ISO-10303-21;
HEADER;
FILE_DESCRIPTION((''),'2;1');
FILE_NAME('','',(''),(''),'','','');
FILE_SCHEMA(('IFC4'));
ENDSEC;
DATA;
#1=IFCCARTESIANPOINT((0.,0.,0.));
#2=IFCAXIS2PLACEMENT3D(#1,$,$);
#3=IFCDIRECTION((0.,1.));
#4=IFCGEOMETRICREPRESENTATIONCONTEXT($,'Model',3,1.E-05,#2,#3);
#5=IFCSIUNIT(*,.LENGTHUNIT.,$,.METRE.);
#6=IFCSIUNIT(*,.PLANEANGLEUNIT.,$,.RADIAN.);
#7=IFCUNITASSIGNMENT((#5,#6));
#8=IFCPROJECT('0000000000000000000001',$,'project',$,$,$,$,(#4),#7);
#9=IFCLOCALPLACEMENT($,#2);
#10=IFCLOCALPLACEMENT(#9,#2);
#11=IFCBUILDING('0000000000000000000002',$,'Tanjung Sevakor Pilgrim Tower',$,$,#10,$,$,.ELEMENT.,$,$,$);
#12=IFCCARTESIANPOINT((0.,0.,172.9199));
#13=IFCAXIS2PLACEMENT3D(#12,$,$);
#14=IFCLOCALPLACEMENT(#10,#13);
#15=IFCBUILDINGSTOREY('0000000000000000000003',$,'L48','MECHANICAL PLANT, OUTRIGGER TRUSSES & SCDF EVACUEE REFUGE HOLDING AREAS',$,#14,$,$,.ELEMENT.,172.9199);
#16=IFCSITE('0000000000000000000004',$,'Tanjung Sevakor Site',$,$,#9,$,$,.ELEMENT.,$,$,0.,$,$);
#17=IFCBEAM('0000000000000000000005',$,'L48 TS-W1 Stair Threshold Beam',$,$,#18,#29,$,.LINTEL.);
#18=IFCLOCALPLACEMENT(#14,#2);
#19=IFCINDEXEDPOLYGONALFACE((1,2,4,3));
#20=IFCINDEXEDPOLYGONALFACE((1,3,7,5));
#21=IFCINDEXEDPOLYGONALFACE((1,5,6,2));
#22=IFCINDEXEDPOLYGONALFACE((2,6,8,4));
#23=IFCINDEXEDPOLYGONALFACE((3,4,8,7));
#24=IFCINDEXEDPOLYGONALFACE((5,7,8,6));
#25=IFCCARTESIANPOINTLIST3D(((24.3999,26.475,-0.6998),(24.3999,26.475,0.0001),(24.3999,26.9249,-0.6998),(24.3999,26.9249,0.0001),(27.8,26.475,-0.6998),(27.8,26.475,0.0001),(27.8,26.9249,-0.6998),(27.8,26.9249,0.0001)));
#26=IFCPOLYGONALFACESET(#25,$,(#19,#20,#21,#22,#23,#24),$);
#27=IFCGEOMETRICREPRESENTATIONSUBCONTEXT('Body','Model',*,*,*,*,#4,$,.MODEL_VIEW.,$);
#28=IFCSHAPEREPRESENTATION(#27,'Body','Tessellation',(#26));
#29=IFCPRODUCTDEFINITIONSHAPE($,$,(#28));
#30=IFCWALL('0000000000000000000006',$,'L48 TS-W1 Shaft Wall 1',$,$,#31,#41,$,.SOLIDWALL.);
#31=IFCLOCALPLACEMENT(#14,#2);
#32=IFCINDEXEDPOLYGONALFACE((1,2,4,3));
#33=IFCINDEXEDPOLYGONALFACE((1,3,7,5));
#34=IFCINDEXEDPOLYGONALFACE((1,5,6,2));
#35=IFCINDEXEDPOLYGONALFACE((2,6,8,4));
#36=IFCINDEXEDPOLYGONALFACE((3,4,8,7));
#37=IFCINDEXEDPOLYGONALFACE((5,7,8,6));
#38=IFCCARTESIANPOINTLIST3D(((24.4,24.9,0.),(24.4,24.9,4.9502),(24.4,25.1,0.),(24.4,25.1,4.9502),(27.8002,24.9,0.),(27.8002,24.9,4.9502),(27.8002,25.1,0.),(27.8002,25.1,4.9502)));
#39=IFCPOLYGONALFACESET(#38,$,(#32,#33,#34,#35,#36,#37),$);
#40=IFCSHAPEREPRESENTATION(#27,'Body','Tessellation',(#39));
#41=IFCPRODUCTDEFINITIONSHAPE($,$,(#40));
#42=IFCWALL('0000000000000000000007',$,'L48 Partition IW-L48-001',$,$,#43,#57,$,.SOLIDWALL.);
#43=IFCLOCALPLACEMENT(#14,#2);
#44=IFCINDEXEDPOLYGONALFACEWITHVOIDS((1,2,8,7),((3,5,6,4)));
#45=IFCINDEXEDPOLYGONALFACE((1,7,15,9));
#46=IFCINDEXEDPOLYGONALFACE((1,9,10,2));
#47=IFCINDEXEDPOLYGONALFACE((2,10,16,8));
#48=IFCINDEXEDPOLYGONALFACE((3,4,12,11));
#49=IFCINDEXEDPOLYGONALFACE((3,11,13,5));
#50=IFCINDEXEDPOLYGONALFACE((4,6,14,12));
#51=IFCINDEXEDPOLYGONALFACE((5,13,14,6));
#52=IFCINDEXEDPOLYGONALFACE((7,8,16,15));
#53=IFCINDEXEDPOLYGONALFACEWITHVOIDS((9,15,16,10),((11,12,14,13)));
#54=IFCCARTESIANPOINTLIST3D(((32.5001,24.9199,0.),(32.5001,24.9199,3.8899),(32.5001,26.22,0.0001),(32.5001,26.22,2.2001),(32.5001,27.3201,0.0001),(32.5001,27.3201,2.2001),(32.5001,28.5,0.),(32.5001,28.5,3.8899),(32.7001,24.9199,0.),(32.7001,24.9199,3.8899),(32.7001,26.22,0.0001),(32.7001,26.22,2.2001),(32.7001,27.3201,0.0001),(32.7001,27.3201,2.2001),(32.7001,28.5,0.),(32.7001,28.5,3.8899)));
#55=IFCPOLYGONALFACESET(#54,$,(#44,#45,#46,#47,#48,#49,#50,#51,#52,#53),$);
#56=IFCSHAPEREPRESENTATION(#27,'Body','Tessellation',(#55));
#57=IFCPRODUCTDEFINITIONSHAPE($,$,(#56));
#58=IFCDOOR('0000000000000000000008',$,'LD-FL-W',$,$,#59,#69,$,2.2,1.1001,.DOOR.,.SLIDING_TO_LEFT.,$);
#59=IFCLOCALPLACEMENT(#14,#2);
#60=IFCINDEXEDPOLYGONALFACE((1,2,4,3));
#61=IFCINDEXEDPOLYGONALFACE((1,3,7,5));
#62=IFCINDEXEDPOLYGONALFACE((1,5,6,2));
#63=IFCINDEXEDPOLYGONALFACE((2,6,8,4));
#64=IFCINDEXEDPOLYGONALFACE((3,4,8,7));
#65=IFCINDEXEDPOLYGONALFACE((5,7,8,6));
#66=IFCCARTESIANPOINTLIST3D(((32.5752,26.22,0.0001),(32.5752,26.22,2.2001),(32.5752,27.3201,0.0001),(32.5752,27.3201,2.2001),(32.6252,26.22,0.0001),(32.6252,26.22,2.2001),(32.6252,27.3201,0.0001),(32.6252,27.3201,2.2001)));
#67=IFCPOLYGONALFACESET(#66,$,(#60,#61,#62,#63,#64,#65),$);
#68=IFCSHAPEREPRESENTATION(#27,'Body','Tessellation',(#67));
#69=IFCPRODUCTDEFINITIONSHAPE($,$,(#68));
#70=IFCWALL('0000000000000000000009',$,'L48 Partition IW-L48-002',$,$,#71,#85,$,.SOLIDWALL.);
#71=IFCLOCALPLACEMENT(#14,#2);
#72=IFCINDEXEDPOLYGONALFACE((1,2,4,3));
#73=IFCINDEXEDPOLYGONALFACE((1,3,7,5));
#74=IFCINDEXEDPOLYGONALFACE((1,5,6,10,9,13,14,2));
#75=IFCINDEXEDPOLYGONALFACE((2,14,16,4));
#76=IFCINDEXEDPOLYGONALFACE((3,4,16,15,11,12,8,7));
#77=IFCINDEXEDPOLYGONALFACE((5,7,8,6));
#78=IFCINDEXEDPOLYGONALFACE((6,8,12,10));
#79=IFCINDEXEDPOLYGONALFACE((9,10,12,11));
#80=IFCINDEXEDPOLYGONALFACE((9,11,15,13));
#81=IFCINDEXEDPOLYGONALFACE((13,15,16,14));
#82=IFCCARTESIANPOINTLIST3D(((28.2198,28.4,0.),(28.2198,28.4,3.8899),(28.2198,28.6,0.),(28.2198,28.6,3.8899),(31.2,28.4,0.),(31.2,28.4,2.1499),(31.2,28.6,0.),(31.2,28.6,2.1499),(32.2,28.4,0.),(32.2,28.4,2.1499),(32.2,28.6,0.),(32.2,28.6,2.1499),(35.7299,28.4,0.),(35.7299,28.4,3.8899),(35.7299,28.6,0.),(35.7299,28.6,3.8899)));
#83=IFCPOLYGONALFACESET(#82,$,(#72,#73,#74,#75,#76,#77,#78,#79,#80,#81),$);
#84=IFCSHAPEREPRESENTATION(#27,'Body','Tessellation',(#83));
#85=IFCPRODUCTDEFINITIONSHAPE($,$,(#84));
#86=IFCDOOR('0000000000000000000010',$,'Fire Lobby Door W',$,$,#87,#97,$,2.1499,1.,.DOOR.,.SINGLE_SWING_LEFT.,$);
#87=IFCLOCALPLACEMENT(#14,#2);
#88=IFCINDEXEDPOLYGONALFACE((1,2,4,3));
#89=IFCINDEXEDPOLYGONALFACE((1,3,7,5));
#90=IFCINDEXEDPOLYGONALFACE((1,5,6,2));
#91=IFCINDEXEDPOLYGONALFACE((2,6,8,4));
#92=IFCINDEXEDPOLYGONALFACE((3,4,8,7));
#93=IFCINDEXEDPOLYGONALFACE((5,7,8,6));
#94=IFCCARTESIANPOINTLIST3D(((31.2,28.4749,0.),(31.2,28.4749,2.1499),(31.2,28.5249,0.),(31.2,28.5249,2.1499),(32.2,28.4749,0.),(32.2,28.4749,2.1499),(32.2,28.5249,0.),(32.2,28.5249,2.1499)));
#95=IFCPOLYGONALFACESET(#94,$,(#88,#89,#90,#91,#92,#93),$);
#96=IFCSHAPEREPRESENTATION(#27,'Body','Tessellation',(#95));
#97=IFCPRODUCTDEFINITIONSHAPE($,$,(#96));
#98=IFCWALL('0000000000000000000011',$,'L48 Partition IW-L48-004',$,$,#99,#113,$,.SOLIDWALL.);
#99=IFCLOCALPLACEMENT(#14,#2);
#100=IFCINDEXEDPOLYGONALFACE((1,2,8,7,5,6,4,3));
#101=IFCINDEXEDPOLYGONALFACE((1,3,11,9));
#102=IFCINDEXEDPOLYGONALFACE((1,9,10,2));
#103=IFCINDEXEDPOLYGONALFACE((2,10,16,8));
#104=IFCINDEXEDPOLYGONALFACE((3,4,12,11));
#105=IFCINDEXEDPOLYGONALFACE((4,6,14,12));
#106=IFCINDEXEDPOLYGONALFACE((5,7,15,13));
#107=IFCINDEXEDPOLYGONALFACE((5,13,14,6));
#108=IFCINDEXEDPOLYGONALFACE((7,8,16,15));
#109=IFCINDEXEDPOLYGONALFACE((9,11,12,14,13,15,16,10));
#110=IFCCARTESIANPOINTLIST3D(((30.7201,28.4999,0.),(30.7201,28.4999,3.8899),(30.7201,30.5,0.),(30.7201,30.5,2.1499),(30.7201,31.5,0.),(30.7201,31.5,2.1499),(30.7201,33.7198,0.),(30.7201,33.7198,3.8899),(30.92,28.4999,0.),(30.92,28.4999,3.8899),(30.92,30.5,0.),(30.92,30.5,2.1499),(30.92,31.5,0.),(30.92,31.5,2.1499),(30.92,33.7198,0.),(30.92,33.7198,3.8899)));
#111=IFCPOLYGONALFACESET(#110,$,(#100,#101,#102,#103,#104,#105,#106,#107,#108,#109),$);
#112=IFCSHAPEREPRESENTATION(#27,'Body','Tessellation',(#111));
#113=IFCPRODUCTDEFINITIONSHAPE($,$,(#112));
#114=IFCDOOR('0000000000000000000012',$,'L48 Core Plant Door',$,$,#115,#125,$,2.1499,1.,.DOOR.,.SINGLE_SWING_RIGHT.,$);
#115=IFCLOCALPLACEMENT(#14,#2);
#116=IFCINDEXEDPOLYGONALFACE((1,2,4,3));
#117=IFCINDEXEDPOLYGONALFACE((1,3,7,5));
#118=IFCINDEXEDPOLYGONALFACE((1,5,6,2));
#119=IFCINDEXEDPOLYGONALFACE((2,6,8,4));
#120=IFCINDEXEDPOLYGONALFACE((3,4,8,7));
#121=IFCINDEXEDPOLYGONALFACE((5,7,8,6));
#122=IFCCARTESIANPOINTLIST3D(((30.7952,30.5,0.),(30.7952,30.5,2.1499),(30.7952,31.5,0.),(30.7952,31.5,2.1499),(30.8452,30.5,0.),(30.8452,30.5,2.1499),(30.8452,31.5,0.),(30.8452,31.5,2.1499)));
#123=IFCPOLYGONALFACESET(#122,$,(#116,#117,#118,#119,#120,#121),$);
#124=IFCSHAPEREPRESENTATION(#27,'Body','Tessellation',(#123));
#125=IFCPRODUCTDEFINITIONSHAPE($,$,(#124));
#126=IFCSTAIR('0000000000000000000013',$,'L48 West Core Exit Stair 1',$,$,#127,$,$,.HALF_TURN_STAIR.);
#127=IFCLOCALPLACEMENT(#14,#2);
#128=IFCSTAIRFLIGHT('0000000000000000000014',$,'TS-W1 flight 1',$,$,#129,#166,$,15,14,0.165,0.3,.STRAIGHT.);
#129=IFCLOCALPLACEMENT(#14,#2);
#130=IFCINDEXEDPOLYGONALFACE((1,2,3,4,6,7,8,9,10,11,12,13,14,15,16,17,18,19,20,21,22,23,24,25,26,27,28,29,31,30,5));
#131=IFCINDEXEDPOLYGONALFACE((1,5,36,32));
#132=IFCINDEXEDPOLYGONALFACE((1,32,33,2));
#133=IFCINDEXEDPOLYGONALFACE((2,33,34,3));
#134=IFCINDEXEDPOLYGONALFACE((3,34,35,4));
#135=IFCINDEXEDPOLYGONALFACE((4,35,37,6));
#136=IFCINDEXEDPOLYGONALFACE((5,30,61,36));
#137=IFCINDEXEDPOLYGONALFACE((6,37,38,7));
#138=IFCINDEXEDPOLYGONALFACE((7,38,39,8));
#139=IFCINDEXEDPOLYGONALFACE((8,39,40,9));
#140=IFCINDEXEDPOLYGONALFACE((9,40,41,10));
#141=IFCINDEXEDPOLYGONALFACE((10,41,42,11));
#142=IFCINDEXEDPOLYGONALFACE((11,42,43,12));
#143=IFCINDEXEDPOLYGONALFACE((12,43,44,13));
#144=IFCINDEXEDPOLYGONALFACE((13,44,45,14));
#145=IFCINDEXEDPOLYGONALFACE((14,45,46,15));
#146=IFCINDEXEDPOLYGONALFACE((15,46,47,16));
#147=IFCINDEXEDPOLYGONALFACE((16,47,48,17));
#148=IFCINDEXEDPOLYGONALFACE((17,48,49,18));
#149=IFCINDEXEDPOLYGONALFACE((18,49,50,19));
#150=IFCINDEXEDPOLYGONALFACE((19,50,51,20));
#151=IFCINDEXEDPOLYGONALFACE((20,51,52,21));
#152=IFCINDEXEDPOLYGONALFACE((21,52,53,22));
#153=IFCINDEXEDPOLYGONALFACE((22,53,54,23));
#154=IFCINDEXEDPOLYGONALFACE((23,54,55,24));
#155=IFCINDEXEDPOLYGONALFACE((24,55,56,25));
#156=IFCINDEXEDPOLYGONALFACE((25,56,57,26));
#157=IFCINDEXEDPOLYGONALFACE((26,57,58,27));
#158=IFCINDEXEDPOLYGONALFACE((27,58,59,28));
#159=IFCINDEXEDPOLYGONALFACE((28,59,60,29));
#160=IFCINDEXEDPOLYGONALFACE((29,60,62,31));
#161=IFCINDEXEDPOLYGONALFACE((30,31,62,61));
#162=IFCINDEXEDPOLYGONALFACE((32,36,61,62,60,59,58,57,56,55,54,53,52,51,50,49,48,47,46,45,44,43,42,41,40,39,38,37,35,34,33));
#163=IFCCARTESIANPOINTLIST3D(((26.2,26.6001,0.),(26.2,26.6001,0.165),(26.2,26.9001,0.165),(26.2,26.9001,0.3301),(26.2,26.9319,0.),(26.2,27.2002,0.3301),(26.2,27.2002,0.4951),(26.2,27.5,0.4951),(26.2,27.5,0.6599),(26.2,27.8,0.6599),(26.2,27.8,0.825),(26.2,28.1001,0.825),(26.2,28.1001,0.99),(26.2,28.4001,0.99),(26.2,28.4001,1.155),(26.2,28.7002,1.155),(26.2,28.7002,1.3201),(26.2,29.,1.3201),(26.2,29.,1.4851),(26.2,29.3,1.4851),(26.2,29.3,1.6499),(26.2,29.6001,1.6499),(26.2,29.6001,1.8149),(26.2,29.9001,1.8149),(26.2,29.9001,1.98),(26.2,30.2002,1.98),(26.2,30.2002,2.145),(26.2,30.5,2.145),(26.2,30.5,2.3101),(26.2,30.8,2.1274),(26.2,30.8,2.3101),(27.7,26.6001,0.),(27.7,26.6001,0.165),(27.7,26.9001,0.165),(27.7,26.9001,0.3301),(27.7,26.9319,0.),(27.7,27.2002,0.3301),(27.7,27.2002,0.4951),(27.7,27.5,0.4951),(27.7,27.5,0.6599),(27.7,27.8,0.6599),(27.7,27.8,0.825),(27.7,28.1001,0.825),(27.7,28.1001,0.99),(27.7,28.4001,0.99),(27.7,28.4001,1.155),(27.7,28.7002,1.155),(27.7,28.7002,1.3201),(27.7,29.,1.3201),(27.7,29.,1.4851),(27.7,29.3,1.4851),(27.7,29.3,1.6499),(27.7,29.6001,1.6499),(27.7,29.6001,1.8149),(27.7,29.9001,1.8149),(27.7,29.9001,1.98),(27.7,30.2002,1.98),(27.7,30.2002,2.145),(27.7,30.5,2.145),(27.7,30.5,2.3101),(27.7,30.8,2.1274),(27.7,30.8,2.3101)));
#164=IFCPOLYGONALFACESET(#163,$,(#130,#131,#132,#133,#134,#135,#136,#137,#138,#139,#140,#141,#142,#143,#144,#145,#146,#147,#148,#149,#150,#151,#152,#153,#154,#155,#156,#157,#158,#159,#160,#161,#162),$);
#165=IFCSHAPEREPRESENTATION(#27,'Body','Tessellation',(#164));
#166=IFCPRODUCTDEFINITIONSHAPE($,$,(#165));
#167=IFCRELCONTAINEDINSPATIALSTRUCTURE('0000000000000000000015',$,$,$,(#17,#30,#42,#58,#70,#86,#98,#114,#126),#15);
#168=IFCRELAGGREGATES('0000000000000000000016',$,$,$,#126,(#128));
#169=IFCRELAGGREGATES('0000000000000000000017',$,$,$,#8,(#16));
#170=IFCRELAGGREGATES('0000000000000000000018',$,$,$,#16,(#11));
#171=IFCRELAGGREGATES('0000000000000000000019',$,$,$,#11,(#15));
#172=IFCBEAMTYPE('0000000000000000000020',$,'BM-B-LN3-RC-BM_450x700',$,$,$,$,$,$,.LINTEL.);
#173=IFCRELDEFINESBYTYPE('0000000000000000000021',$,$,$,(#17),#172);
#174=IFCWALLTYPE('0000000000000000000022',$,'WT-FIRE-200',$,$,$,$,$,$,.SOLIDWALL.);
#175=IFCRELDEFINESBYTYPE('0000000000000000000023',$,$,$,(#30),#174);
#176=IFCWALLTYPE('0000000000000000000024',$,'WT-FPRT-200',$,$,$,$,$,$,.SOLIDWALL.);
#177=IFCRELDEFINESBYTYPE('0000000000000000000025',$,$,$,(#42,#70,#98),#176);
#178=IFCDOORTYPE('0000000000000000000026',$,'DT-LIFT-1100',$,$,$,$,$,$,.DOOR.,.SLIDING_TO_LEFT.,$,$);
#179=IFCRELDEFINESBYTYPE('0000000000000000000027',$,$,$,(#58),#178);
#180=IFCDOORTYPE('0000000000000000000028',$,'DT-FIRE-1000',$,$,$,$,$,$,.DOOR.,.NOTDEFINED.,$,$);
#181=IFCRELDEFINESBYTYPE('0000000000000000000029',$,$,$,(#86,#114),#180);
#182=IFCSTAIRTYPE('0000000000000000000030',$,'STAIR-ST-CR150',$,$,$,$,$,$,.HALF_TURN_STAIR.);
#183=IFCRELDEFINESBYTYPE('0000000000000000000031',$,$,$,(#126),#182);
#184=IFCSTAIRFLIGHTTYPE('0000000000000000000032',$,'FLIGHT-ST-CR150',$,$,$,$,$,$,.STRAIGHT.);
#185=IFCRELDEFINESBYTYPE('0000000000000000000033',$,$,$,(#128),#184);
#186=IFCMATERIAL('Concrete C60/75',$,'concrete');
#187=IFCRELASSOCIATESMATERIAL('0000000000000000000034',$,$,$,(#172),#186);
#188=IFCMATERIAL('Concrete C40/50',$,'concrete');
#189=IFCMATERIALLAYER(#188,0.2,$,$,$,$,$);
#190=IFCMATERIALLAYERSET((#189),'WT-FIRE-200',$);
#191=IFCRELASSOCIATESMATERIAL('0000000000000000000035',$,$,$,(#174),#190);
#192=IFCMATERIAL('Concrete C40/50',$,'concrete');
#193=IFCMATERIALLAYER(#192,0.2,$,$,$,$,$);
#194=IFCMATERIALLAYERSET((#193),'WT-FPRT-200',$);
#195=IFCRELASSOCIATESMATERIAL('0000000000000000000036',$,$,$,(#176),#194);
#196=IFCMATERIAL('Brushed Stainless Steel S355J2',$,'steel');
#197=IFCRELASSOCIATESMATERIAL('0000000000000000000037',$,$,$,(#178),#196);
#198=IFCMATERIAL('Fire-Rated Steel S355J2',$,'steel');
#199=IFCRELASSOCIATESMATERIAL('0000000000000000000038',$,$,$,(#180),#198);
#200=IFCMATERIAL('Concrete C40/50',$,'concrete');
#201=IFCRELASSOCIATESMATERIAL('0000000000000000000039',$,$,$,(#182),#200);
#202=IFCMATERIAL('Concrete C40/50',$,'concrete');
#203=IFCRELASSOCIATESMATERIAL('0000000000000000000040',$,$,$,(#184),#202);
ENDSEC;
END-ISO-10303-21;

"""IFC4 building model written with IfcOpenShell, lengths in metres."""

from ifc_helpers import new_model, si_unit, direction, frame, frame_2d, origin, origin_2d, place, context, subcontext, project, spatial, polyline, rectangle, outline, extrude, material, layer, layer_set, material_profile, profile_set, type_object, element, fill, aggregate, save


model = new_model("IFC4")

# Units and contexts
model_context = context("Model", 3, precision=1e-05, world=origin(), true_north=direction((0.0, 1.0)))
body_context = subcontext(model_context, "Body", "Model", "MODEL_VIEW")
ifc_project = project(units=[si_unit("LENGTHUNIT", "METRE"), si_unit("PLANEANGLEUNIT", "RADIAN")], contexts=[model_context])

# Site, building, storey
site_placement = place(None, origin())
site = spatial("IfcSite", under=ifc_project, at=site_placement, Name="Tanjung Sevakor Site", CompositionType="ELEMENT", RefElevation=0.0)
building_placement = place(site_placement, origin())
building = spatial("IfcBuilding", under=site, at=building_placement, Name="Tanjung Sevakor Pilgrim Tower", CompositionType="ELEMENT")
storey_placement = place(building_placement, frame((0.0, 0.0, 172.9199)))
storey = spatial("IfcBuildingStorey", under=building, at=storey_placement, Name="L48", Description="MECHANICAL PLANT, OUTRIGGER TRUSSES & SCDF EVACUEE REFUGE HOLDING AREAS", CompositionType="ELEMENT", Elevation=172.9199)

# Beam
ifc_material_1 = material(Name="Concrete C60/75", Category="concrete")
ifc_material_profile = material_profile(ifc_material_1, rectangle(XDim=0.45, YDim=0.7, at=origin_2d()))
ifc_profile_set = profile_set([ifc_material_profile], Name="Concrete C60/75")
beam_type = type_object("IfcBeamType", Name="BM-B-LN3-RC-BM_450x700", PredefinedType="LINTEL", material=ifc_profile_set)
beam_placement = place(storey_placement, frame((24.3999, 26.7, -0.3499), z_axis=(1.0, 0.0, 0.0), x_axis=(0.0, 1.0, 0.0)))
element("IfcBeam", 1, at=beam_placement, inside=storey, type_object=beam_type, Name="L48 TS-W1 Stair Threshold Beam", PredefinedType="LINTEL", context=body_context, shape_type="SweptSolid", body=[
    extrude(rectangle(XDim=0.45, YDim=0.7, at=origin_2d()), origin(), (0.0, 0.0, 1.0), 3.4001),
])

# Wall
ifc_material_2 = material(Name="Concrete C40/50", Category="concrete")
ifc_layer_1 = layer(ifc_material_2, 0.2)
ifc_layer_set_1 = layer_set([ifc_layer_1], Name="WT-FIRE-200")
wall_type_1 = type_object("IfcWallType", Name="WT-FIRE-200", PredefinedType="SOLIDWALL", material=ifc_layer_set_1)
wall_1_placement = place(storey_placement, frame((24.3999, 25.0, 0.0), z_axis=(0.0, 0.0, 1.0), x_axis=(1.0, 0.0, 0.0)))
element("IfcWall", 2, at=wall_1_placement, inside=storey, type_object=wall_type_1, Name="L48 TS-W1 Shaft Wall 1", PredefinedType="SOLIDWALL", context=body_context, shape_type="SweptSolid", body=[
    extrude(rectangle(XDim=3.4001, YDim=0.2, at=frame_2d((1.7002, 0.0))), origin(), (0.0, 0.0, 1.0), 4.9502),
])

# Walls, openings, doors
ifc_material_3 = material(Name="Concrete C40/50", Category="concrete")
ifc_layer_2 = layer(ifc_material_3, 0.2)
ifc_layer_set_2 = layer_set([ifc_layer_2], Name="WT-FPRT-200")
wall_type_2 = type_object("IfcWallType", Name="WT-FPRT-200", PredefinedType="SOLIDWALL", material=ifc_layer_set_2)
wall_2_placement = place(storey_placement, frame((32.6001, 24.9199, 0.0), z_axis=(0.0, 0.0, 1.0), x_axis=(0.0, 1.0, 0.0)))
wall_2 = element("IfcWall", 3, at=wall_2_placement, inside=storey, type_object=wall_type_2, Name="L48 Partition IW-L48-001", PredefinedType="SOLIDWALL", context=body_context, shape_type="SweptSolid", body=[
    extrude(rectangle(XDim=3.5801, YDim=0.2, at=frame_2d((1.79, 0.0))), origin(), (0.0, 0.0, 1.0), 3.8899),
])
opening_1_placement = place(wall_2_placement, frame((1.3, 0.0, 0.0)))
opening_1 = element("IfcOpeningElement", 4, at=opening_1_placement, cuts=wall_2, PredefinedType="OPENING", context=body_context, shape_type="SweptSolid", body=[
    extrude(rectangle(XDim=1.1001, YDim=2.2, at=frame_2d((0.55, 1.1001))), frame((0.0, 0.1099, 0.0), z_axis=(0.0, -1.0, 0.0), x_axis=(1.0, 0.0, 0.0)), (0.0, 0.0, 1.0), 0.22),
])
ifc_material_4 = material(Name="Brushed Stainless Steel S355J2", Category="steel")
door_type_1 = type_object("IfcDoorType", Name="DT-LIFT-1100", OperationType="SLIDING_TO_LEFT", PredefinedType="DOOR", material=ifc_material_4)
door_1_placement = place(opening_1_placement, origin())
door_1 = element("IfcDoor", 5, at=door_1_placement, inside=storey, type_object=door_type_1, Name="LD-FL-W", OperationType="SLIDING_TO_LEFT", OverallHeight=2.2, OverallWidth=1.1001, PredefinedType="DOOR", context=body_context, shape_type="SweptSolid", body=[
    extrude(rectangle(XDim=1.1001, YDim=2.2, at=frame_2d((0.55, 1.1001))), frame((0.0, 0.0249, 0.0), z_axis=(0.0, -1.0, 0.0), x_axis=(1.0, 0.0, 0.0)), (0.0, 0.0, 1.0), 0.05),
])
fill(opening_1, door_1)
wall_3_placement = place(storey_placement, frame((28.22, 28.5, 0.0), z_axis=(0.0, 0.0, 1.0), x_axis=(1.0, 0.0, 0.0)))
wall_3 = element("IfcWall", 6, at=wall_3_placement, inside=storey, type_object=wall_type_2, Name="L48 Partition IW-L48-002", PredefinedType="SOLIDWALL", context=body_context, shape_type="SweptSolid", body=[
    extrude(rectangle(XDim=7.51, YDim=0.2, at=frame_2d((3.7549, 0.0))), origin(), (0.0, 0.0, 1.0), 3.8899),
])
opening_2_placement = place(wall_3_placement, frame((2.98, 0.0, 0.0)))
opening_2 = element("IfcOpeningElement", 7, at=opening_2_placement, cuts=wall_3, PredefinedType="OPENING", context=body_context, shape_type="SweptSolid", body=[
    extrude(rectangle(XDim=1.0, YDim=2.1499, at=frame_2d((0.5, 1.075))), frame((0.0, 0.1099, 0.0), z_axis=(0.0, -1.0, 0.0), x_axis=(1.0, 0.0, 0.0)), (0.0, 0.0, 1.0), 0.22),
])
ifc_material_5 = material(Name="Fire-Rated Steel S355J2", Category="steel")
door_type_2 = type_object("IfcDoorType", Name="DT-FIRE-1000", OperationType="NOTDEFINED", PredefinedType="DOOR", material=ifc_material_5)
door_2_placement = place(opening_2_placement, origin())
door_2 = element("IfcDoor", 8, at=door_2_placement, inside=storey, type_object=door_type_2, Name="Fire Lobby Door W", OperationType="SINGLE_SWING_LEFT", OverallHeight=2.1499, OverallWidth=1.0, PredefinedType="DOOR", context=body_context, shape_type="SweptSolid", body=[
    extrude(rectangle(XDim=1.0, YDim=2.1499, at=frame_2d((0.5, 1.075))), frame((0.0, 0.0249, 0.0), z_axis=(0.0, -1.0, 0.0), x_axis=(1.0, 0.0, 0.0)), (0.0, 0.0, 1.0), 0.05),
])
fill(opening_2, door_2)
wall_4_placement = place(storey_placement, frame((30.8201, 28.5, 0.0), z_axis=(0.0, 0.0, 1.0), x_axis=(0.0, 1.0, 0.0)))
wall_4 = element("IfcWall", 9, at=wall_4_placement, inside=storey, type_object=wall_type_2, Name="L48 Partition IW-L48-004", PredefinedType="SOLIDWALL", context=body_context, shape_type="SweptSolid", body=[
    extrude(rectangle(XDim=5.22, YDim=0.2, at=frame_2d((2.6099, 0.0))), origin(), (0.0, 0.0, 1.0), 3.8899),
])
opening_3_placement = place(wall_4_placement, frame((2.0, 0.0, 0.0)))
opening_3 = element("IfcOpeningElement", 10, at=opening_3_placement, cuts=wall_4, PredefinedType="OPENING", context=body_context, shape_type="SweptSolid", body=[
    extrude(rectangle(XDim=1.0, YDim=2.1499, at=frame_2d((0.5, 1.075))), frame((0.0, 0.1099, 0.0), z_axis=(0.0, -1.0, 0.0), x_axis=(1.0, 0.0, 0.0)), (0.0, 0.0, 1.0), 0.22),
])
door_3_placement = place(opening_3_placement, origin())
door_3 = element("IfcDoor", 11, at=door_3_placement, inside=storey, type_object=door_type_2, Name="L48 Core Plant Door", OperationType="SINGLE_SWING_RIGHT", OverallHeight=2.1499, OverallWidth=1.0, PredefinedType="DOOR", context=body_context, shape_type="SweptSolid", body=[
    extrude(rectangle(XDim=1.0, YDim=2.1499, at=frame_2d((0.5, 1.075))), frame((0.0, 0.0249, 0.0), z_axis=(0.0, -1.0, 0.0), x_axis=(1.0, 0.0, 0.0)), (0.0, 0.0, 1.0), 0.05),
])
fill(opening_3, door_3)

# Stair, stair flight
ifc_material_6 = material(Name="Concrete C40/50", Category="concrete")
stair_type = type_object("IfcStairType", Name="STAIR-ST-CR150", PredefinedType="HALF_TURN_STAIR", material=ifc_material_6)
stair_placement = place(storey_placement, origin())
stair = element("IfcStair", 12, at=stair_placement, inside=storey, type_object=stair_type, Name="L48 West Core Exit Stair 1", PredefinedType="HALF_TURN_STAIR")
ifc_material_7 = material(Name="Concrete C40/50", Category="concrete")
stair_flight_type = type_object("IfcStairFlightType", Name="FLIGHT-ST-CR150", PredefinedType="STRAIGHT", material=ifc_material_7)
stair_flight_1_placement = place(storey_placement, frame((26.95, 26.6001, 0.0), z_axis=(0.0, 0.0, 1.0), x_axis=(0.0, 1.0, 0.0)))
stair_flight_1 = element("IfcStairFlight", 13, at=stair_flight_1_placement, type_object=stair_flight_type, Name="TS-W1 flight 1", NumberOfRisers=15, NumberOfTreads=14, PredefinedType="STRAIGHT", RiserHeight=0.165, TreadLength=0.3, context=body_context, shape_type="SweptSolid", body=[
    extrude(outline(polyline([(0.0, 0.0), (0.0, 0.165), (0.3, 0.165), (0.3, 0.3301), (0.6001, 0.3301), (0.6001, 0.4951), (0.8999, 0.4951), (0.8999, 0.6599), (1.2, 0.6599), (1.2, 0.825), (1.5, 0.825), (1.5, 0.99), (1.8, 0.99), (1.8, 1.155), (2.1001, 1.155), (2.1001, 1.3201), (2.3999, 1.3201), (2.3999, 1.4851), (2.7, 1.4851), (2.7, 1.6499), (3.0, 1.6499), (3.0, 1.8149), (3.3, 1.8149), (3.3, 1.98), (3.6001, 1.98), (3.6001, 2.145), (3.8999, 2.145), (3.8999, 2.3101), (4.2, 2.3101), (4.2, 2.4751), (4.2, 2.1274), (0.3318, 0.0), (0.0, 0.0)])), frame((0.0, 0.75, 0.0), z_axis=(0.0, -1.0, 0.0), x_axis=(1.0, 0.0, 0.0)), (0.0, 0.0, 1.0), 1.5),
])
aggregate(stair, [stair_flight_1])

save(model, "model.ifc")
